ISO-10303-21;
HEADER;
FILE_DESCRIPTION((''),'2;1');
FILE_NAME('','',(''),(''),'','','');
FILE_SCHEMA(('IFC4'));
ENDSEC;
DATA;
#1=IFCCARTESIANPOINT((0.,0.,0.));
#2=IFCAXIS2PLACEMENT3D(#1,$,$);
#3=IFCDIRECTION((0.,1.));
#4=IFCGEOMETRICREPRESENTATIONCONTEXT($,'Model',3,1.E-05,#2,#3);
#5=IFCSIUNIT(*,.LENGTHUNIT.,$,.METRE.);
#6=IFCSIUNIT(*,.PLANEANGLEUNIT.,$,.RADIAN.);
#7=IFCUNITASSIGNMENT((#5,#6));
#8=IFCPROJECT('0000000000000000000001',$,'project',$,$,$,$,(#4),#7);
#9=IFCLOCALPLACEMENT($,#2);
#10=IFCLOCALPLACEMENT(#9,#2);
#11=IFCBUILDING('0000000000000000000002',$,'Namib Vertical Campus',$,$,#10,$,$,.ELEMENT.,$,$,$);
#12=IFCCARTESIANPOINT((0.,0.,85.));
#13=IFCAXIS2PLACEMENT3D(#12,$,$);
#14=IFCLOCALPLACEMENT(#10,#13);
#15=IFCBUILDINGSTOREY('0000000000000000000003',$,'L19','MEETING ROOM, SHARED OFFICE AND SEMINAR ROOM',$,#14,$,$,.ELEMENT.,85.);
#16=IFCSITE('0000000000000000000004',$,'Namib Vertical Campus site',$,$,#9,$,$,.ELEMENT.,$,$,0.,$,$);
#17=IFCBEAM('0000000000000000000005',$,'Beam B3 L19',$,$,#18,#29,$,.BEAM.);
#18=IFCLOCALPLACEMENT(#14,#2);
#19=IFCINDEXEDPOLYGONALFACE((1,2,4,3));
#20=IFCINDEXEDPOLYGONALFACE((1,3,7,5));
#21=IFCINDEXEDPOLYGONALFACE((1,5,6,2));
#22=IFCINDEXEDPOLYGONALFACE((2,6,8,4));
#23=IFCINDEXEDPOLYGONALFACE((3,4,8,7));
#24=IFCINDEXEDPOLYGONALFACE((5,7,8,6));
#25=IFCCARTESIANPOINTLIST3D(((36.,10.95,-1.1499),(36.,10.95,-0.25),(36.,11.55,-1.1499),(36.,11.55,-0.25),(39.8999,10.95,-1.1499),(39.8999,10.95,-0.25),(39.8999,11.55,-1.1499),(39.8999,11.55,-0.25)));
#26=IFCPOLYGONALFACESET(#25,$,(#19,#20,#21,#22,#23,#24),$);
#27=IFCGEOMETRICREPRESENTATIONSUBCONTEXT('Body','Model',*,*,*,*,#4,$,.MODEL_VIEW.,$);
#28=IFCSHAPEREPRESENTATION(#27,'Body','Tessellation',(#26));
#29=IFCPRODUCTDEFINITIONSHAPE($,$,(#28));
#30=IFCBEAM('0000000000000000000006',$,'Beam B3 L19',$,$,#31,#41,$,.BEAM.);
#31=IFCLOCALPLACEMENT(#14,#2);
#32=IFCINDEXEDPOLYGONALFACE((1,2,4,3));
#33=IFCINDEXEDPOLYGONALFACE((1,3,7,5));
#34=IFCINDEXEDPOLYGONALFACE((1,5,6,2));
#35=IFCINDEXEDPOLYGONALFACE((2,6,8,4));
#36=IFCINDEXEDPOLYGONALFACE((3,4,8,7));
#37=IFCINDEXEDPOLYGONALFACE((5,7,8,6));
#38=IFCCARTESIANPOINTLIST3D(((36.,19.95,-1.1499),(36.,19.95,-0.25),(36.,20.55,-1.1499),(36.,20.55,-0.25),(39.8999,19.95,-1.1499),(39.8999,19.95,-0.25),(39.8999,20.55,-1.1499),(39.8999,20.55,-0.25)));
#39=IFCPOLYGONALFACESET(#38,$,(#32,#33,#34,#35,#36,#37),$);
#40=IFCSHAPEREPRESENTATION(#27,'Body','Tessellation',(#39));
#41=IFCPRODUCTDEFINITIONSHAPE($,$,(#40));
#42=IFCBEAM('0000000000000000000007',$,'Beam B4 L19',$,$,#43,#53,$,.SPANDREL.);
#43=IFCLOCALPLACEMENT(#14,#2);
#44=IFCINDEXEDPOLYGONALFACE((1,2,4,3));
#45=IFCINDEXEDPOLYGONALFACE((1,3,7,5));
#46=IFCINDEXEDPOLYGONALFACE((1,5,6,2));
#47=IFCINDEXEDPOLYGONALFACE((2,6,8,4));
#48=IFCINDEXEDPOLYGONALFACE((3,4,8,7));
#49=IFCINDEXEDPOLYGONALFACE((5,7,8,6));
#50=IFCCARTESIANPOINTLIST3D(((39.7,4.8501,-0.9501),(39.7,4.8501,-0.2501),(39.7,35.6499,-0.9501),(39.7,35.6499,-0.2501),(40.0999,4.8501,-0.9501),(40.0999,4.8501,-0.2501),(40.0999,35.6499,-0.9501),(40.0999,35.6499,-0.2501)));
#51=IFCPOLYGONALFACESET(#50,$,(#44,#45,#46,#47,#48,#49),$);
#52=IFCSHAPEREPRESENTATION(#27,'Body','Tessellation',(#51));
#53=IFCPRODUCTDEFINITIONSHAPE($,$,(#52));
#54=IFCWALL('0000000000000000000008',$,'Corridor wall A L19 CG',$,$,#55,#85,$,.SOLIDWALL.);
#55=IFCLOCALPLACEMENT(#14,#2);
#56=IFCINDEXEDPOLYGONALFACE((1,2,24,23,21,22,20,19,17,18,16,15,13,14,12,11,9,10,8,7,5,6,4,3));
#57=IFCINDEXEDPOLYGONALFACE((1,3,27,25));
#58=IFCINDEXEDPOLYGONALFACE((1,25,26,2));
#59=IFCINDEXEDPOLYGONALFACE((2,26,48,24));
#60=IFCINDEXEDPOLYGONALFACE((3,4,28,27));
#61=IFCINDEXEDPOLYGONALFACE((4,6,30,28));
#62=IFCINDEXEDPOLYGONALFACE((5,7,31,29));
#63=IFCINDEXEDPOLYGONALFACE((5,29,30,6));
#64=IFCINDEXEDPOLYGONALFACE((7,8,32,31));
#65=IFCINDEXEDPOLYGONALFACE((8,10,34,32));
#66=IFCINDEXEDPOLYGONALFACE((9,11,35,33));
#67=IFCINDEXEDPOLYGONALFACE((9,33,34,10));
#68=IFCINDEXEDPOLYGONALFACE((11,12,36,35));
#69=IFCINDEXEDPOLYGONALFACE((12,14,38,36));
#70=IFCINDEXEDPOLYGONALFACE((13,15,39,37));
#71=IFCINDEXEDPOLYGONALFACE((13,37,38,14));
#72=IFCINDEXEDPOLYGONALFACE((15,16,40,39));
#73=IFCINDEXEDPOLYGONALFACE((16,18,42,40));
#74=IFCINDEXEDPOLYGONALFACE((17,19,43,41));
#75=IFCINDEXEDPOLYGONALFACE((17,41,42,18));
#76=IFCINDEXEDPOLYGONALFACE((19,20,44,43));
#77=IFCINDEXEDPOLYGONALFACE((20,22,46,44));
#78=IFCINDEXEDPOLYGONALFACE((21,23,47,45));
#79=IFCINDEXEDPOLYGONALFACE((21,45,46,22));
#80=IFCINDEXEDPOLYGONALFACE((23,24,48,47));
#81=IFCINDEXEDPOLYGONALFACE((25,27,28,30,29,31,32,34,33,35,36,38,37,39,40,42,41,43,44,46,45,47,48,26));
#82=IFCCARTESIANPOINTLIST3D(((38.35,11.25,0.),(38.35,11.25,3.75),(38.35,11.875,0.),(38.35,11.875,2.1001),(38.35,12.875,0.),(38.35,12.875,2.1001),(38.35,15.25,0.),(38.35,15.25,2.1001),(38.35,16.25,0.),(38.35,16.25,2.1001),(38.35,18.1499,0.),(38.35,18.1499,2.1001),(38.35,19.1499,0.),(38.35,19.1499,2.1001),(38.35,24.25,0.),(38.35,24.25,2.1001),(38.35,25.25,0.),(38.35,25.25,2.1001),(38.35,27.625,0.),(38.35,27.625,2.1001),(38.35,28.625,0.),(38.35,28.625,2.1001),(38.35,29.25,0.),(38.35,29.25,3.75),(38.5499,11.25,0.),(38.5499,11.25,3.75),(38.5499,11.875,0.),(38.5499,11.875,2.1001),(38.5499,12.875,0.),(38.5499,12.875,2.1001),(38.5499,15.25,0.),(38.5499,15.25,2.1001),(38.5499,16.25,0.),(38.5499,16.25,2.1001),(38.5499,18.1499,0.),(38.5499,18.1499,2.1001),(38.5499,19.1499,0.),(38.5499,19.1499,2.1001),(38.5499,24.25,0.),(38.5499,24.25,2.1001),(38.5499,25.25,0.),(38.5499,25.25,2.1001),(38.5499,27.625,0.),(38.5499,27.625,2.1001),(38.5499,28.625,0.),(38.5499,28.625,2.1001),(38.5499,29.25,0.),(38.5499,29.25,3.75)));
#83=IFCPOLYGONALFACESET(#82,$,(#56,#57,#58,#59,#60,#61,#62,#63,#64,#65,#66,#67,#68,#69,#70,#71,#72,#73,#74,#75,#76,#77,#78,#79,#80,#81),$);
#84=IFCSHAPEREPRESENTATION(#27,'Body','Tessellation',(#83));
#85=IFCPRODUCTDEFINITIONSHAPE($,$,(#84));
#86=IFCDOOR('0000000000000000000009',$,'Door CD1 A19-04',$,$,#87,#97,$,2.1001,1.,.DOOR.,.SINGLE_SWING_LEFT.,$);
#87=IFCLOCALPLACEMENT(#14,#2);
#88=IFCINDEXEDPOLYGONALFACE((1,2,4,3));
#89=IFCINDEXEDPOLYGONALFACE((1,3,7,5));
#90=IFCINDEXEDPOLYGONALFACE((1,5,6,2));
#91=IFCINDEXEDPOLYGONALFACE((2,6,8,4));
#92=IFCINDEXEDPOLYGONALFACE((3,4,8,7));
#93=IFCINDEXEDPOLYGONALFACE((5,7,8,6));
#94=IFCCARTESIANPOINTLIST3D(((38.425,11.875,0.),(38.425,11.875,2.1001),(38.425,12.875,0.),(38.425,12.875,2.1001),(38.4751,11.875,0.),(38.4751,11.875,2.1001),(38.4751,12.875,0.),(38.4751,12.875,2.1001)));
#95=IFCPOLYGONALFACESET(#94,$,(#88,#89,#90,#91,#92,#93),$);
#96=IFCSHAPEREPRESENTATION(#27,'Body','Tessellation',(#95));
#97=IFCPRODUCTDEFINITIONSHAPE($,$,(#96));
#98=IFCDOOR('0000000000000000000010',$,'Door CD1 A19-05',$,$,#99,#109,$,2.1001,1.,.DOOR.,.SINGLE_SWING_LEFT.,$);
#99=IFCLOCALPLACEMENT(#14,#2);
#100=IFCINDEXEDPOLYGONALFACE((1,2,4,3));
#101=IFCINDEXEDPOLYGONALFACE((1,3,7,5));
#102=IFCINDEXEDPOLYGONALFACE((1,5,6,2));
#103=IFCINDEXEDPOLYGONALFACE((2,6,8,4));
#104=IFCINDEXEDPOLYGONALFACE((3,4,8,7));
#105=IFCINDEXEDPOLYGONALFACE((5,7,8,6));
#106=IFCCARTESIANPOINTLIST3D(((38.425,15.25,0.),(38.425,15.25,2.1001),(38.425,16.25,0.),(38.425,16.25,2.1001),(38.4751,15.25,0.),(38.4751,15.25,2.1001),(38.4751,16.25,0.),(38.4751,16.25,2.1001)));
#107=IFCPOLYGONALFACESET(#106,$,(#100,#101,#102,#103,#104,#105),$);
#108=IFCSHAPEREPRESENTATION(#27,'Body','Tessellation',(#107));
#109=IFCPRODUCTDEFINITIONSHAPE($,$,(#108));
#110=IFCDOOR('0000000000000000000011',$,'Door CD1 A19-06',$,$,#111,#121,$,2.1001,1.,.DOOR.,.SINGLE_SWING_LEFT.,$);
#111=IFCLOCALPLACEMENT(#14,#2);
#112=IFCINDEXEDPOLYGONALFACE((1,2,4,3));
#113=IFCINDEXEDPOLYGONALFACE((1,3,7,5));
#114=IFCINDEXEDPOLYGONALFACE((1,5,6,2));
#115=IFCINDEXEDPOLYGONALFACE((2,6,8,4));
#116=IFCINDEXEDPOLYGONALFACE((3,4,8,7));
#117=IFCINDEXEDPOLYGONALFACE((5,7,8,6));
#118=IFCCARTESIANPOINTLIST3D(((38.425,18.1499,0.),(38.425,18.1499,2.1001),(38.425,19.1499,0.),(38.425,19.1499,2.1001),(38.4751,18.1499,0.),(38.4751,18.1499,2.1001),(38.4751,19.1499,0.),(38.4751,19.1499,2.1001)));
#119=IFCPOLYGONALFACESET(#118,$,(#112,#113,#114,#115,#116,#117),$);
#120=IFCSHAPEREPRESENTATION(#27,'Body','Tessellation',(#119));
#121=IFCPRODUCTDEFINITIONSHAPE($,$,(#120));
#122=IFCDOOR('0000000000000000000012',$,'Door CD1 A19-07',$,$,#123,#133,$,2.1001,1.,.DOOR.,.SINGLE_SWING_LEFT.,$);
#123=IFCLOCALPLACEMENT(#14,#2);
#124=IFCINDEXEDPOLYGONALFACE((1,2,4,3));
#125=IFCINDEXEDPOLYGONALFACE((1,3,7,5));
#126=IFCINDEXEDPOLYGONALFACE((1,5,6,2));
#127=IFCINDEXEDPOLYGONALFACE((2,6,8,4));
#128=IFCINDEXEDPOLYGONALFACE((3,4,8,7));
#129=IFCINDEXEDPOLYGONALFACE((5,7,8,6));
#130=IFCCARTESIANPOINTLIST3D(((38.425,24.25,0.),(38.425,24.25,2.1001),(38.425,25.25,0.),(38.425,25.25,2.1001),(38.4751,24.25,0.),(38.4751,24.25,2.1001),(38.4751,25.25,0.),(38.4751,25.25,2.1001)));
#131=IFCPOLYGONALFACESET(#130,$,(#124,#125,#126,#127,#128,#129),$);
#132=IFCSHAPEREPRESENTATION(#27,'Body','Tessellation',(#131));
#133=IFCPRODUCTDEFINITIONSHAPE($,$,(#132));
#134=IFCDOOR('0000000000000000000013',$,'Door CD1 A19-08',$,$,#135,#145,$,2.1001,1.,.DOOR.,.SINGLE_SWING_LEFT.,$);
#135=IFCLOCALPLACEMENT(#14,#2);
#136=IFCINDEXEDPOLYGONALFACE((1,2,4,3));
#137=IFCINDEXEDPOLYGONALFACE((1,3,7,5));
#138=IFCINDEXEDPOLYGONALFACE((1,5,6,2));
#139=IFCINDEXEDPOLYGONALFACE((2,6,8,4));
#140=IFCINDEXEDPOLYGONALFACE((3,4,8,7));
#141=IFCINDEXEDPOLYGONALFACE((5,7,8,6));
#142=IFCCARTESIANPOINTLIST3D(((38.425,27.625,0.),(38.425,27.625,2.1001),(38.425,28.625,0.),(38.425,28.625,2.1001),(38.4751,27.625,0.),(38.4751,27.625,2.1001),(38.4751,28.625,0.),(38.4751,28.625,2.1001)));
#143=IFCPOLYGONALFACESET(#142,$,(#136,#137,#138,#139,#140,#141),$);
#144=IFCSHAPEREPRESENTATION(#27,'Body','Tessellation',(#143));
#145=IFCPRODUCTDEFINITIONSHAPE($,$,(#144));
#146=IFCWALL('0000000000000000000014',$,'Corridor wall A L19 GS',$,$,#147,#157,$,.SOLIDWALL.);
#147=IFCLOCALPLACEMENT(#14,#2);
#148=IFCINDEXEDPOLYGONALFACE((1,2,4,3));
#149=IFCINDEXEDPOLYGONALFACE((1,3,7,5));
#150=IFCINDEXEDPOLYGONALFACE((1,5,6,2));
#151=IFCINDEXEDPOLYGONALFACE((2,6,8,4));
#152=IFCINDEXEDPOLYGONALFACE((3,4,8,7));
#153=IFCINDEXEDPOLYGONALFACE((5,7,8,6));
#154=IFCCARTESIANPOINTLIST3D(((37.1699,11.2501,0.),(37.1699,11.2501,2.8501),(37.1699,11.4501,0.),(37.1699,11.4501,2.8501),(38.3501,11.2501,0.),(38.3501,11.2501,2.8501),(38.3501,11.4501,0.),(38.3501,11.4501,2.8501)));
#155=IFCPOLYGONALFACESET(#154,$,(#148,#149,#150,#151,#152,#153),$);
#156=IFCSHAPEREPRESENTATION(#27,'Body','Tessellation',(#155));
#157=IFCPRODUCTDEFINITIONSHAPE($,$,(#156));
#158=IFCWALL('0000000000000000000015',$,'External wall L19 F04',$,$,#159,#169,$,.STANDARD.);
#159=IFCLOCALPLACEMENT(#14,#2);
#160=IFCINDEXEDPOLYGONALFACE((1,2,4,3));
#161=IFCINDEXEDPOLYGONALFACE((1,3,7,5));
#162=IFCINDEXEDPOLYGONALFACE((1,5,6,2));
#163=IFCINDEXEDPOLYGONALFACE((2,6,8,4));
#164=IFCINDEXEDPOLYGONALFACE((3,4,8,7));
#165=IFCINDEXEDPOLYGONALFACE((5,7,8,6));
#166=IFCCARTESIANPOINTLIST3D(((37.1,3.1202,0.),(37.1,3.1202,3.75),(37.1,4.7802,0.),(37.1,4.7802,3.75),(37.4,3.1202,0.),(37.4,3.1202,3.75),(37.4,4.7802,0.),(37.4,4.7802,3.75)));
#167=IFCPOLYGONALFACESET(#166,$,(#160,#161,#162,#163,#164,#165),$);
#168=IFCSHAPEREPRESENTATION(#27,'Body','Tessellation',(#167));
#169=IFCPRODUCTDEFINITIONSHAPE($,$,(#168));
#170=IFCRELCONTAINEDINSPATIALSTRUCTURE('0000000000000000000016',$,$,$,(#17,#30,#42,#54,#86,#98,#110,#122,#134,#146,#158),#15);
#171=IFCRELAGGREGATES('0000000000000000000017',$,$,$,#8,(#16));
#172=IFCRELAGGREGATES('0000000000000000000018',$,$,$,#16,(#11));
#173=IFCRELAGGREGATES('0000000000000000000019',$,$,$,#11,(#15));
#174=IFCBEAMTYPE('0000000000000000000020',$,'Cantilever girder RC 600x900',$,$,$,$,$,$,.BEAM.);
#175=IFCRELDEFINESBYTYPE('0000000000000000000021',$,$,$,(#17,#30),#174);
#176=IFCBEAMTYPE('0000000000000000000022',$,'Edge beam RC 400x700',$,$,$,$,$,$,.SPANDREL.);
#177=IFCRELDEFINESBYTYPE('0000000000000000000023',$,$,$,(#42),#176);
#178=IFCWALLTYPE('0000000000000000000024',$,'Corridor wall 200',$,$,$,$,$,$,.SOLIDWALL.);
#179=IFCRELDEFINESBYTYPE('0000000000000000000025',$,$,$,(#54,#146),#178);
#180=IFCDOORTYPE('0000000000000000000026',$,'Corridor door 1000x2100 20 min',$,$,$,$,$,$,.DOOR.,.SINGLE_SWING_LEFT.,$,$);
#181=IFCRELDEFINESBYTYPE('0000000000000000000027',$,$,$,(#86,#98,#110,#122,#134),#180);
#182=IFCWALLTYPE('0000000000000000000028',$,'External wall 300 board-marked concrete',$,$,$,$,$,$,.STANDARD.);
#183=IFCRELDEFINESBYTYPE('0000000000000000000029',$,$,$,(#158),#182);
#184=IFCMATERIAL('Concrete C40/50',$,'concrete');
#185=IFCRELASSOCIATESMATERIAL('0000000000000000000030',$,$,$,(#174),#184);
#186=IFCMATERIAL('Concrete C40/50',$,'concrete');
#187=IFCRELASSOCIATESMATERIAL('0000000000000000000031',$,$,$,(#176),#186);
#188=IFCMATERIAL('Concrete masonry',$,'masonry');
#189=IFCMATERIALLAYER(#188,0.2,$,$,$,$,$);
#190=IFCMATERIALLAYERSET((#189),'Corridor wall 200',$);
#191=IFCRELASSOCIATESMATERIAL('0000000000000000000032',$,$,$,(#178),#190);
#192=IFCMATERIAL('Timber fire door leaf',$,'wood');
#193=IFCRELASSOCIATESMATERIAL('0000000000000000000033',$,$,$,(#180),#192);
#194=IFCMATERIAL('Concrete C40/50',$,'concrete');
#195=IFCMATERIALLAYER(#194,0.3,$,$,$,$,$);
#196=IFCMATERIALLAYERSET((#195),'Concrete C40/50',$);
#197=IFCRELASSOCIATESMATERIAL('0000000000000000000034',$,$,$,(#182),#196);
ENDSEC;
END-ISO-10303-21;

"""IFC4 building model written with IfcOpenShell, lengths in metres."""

from ifc_helpers import new_model, si_unit, direction, frame, frame_2d, origin, origin_2d, place, context, subcontext, project, spatial, rectangle, extrude, material, layer, layer_set, material_profile, profile_set, type_object, element, fill, save


model = new_model("IFC4")

# Units and contexts
model_context = context("Model", 3, precision=1e-05, world=origin(), true_north=direction((0.0, 1.0)))
body_context = subcontext(model_context, "Body", "Model", "MODEL_VIEW")
ifc_project = project(units=[si_unit("LENGTHUNIT", "METRE"), si_unit("PLANEANGLEUNIT", "RADIAN")], contexts=[model_context])

# Site, building, storey
site_placement = place(None, origin())
site = spatial("IfcSite", under=ifc_project, at=site_placement, Name="Namib Vertical Campus site", CompositionType="ELEMENT", RefElevation=0.0)
building_placement = place(site_placement, origin())
building = spatial("IfcBuilding", under=site, at=building_placement, Name="Namib Vertical Campus", CompositionType="ELEMENT")
storey_placement = place(building_placement, frame((0.0, 0.0, 85.0)))
storey = spatial("IfcBuildingStorey", under=building, at=storey_placement, Name="L19", Description="MEETING ROOM, SHARED OFFICE AND SEMINAR ROOM", CompositionType="ELEMENT", Elevation=85.0)

# Beams
ifc_material_1 = material(Name="Concrete C40/50", Category="concrete")
ifc_material_profile_1 = material_profile(ifc_material_1, rectangle(XDim=0.6001, YDim=0.8999, at=origin_2d()))
ifc_profile_set_1 = profile_set([ifc_material_profile_1], Name="Concrete C40/50")
beam_type_1 = type_object("IfcBeamType", Name="Cantilever girder RC 600x900", PredefinedType="BEAM", material=ifc_profile_set_1)
for number, where, z_axis, x_axis, name in (
    (1, (36.0, 11.25, -0.7), (1.0, 0.0, 0.0), (0.0, 1.0, 0.0), "Beam B3 L19"),
    (2, (36.0, 20.25, -0.7), (1.0, 0.0, 0.0), (0.0, 1.0, 0.0), "Beam B3 L19"),
):
    element("IfcBeam", number, at=place(storey_placement, frame(where, z_axis=z_axis, x_axis=x_axis)), inside=storey, type_object=beam_type_1, Name=name, PredefinedType="BEAM", context=body_context, shape_type="SweptSolid", body=[
        extrude(rectangle(XDim=0.6001, YDim=0.8999, at=origin_2d()), origin(), (0.0, 0.0, 1.0), 3.8999),
    ])
ifc_material_2 = material(Name="Concrete C40/50", Category="concrete")
ifc_material_profile_2 = material_profile(ifc_material_2, rectangle(XDim=0.3999, YDim=0.7, at=origin_2d()))
ifc_profile_set_2 = profile_set([ifc_material_profile_2], Name="Concrete C40/50")
beam_type_2 = type_object("IfcBeamType", Name="Edge beam RC 400x700", PredefinedType="SPANDREL", material=ifc_profile_set_2)
beam_placement = place(storey_placement, frame((39.8999, 4.8501, -0.6001), z_axis=(0.0, 1.0, 0.0), x_axis=(-1.0, 0.0, 0.0)))
element("IfcBeam", 3, at=beam_placement, inside=storey, type_object=beam_type_2, Name="Beam B4 L19", PredefinedType="SPANDREL", context=body_context, shape_type="SweptSolid", body=[
    extrude(rectangle(XDim=0.3999, YDim=0.7, at=origin_2d()), origin(), (0.0, 0.0, 1.0), 30.7998),
])

# Wall, openings, doors
ifc_material_3 = material(Name="Concrete masonry", Category="masonry")
ifc_layer_1 = layer(ifc_material_3, 0.2)
ifc_layer_set_1 = layer_set([ifc_layer_1], Name="Corridor wall 200")
wall_type_1 = type_object("IfcWallType", Name="Corridor wall 200", PredefinedType="SOLIDWALL", material=ifc_layer_set_1)
wall_1_placement = place(storey_placement, frame((38.45, 11.25, 0.0), z_axis=(0.0, 0.0, 1.0), x_axis=(0.0, 1.0, 0.0)))
wall_1 = element("IfcWall", 4, at=wall_1_placement, inside=storey, type_object=wall_type_1, Name="Corridor wall A L19 CG", PredefinedType="SOLIDWALL", context=body_context, shape_type="SweptSolid", body=[
    extrude(rectangle(XDim=18.0, YDim=0.2, at=frame_2d((9.0, 0.0))), origin(), (0.0, 0.0, 1.0), 3.75),
])
opening_1_placement = place(wall_1_placement, frame((0.625, 0.0, 0.0)))
opening_1 = element("IfcOpeningElement", 5, at=opening_1_placement, cuts=wall_1, PredefinedType="OPENING", context=body_context, shape_type="SweptSolid", body=[
    extrude(rectangle(XDim=1.0, YDim=2.1001, at=frame_2d((0.5, 1.05))), frame((0.0, 0.1099, 0.0), z_axis=(0.0, -1.0, 0.0), x_axis=(1.0, 0.0, 0.0)), (0.0, 0.0, 1.0), 0.22),
])
opening_2_placement = place(wall_1_placement, frame((4.0, 0.0, 0.0)))
opening_2 = element("IfcOpeningElement", 6, at=opening_2_placement, cuts=wall_1, PredefinedType="OPENING", context=body_context, shape_type="SweptSolid", body=[
    extrude(rectangle(XDim=1.0, YDim=2.1001, at=frame_2d((0.5, 1.05))), frame((0.0, 0.1099, 0.0), z_axis=(0.0, -1.0, 0.0), x_axis=(1.0, 0.0, 0.0)), (0.0, 0.0, 1.0), 0.22),
])
opening_3_placement = place(wall_1_placement, frame((6.8999, 0.0, 0.0)))
opening_3 = element("IfcOpeningElement", 7, at=opening_3_placement, cuts=wall_1, PredefinedType="OPENING", context=body_context, shape_type="SweptSolid", body=[
    extrude(rectangle(XDim=1.0, YDim=2.1001, at=frame_2d((0.5, 1.05))), frame((0.0, 0.1099, 0.0), z_axis=(0.0, -1.0, 0.0), x_axis=(1.0, 0.0, 0.0)), (0.0, 0.0, 1.0), 0.22),
])
opening_4_placement = place(wall_1_placement, frame((13.0, 0.0, 0.0)))
opening_4 = element("IfcOpeningElement", 8, at=opening_4_placement, cuts=wall_1, PredefinedType="OPENING", context=body_context, shape_type="SweptSolid", body=[
    extrude(rectangle(XDim=1.0, YDim=2.1001, at=frame_2d((0.5, 1.05))), frame((0.0, 0.1099, 0.0), z_axis=(0.0, -1.0, 0.0), x_axis=(1.0, 0.0, 0.0)), (0.0, 0.0, 1.0), 0.22),
])
opening_5_placement = place(wall_1_placement, frame((16.375, 0.0, 0.0)))
opening_5 = element("IfcOpeningElement", 9, at=opening_5_placement, cuts=wall_1, PredefinedType="OPENING", context=body_context, shape_type="SweptSolid", body=[
    extrude(rectangle(XDim=1.0, YDim=2.1001, at=frame_2d((0.5, 1.05))), frame((0.0, 0.1099, 0.0), z_axis=(0.0, -1.0, 0.0), x_axis=(1.0, 0.0, 0.0)), (0.0, 0.0, 1.0), 0.22),
])
ifc_material_4 = material(Name="Timber fire door leaf", Category="wood")
door_type = type_object("IfcDoorType", Name="Corridor door 1000x2100 20 min", OperationType="SINGLE_SWING_LEFT", PredefinedType="DOOR", material=ifc_material_4)
door_1_placement = place(opening_1_placement, origin())
door_1 = element("IfcDoor", 10, at=door_1_placement, inside=storey, type_object=door_type, Name="Door CD1 A19-04", OperationType="SINGLE_SWING_LEFT", OverallHeight=2.1001, OverallWidth=1.0, PredefinedType="DOOR", context=body_context, shape_type="SweptSolid", body=[
    extrude(rectangle(XDim=1.0, YDim=2.1001, at=frame_2d((0.5, 1.05))), frame((0.0, 0.0249, 0.0), z_axis=(0.0, -1.0, 0.0), x_axis=(1.0, 0.0, 0.0)), (0.0, 0.0, 1.0), 0.05),
])
fill(opening_1, door_1)
door_2_placement = place(opening_2_placement, origin())
door_2 = element("IfcDoor", 11, at=door_2_placement, inside=storey, type_object=door_type, Name="Door CD1 A19-05", OperationType="SINGLE_SWING_LEFT", OverallHeight=2.1001, OverallWidth=1.0, PredefinedType="DOOR", context=body_context, shape_type="SweptSolid", body=[
    extrude(rectangle(XDim=1.0, YDim=2.1001, at=frame_2d((0.5, 1.05))), frame((0.0, 0.0249, 0.0), z_axis=(0.0, -1.0, 0.0), x_axis=(1.0, 0.0, 0.0)), (0.0, 0.0, 1.0), 0.05),
])
fill(opening_2, door_2)
door_3_placement = place(opening_3_placement, origin())
door_3 = element("IfcDoor", 12, at=door_3_placement, inside=storey, type_object=door_type, Name="Door CD1 A19-06", OperationType="SINGLE_SWING_LEFT", OverallHeight=2.1001, OverallWidth=1.0, PredefinedType="DOOR", context=body_context, shape_type="SweptSolid", body=[
    extrude(rectangle(XDim=1.0, YDim=2.1001, at=frame_2d((0.5, 1.05))), frame((0.0, 0.0249, 0.0), z_axis=(0.0, -1.0, 0.0), x_axis=(1.0, 0.0, 0.0)), (0.0, 0.0, 1.0), 0.05),
])
fill(opening_3, door_3)
door_4_placement = place(opening_4_placement, origin())
door_4 = element("IfcDoor", 13, at=door_4_placement, inside=storey, type_object=door_type, Name="Door CD1 A19-07", OperationType="SINGLE_SWING_LEFT", OverallHeight=2.1001, OverallWidth=1.0, PredefinedType="DOOR", context=body_context, shape_type="SweptSolid", body=[
    extrude(rectangle(XDim=1.0, YDim=2.1001, at=frame_2d((0.5, 1.05))), frame((0.0, 0.0249, 0.0), z_axis=(0.0, -1.0, 0.0), x_axis=(1.0, 0.0, 0.0)), (0.0, 0.0, 1.0), 0.05),
])
fill(opening_4, door_4)
door_5_placement = place(opening_5_placement, origin())
door_5 = element("IfcDoor", 14, at=door_5_placement, inside=storey, type_object=door_type, Name="Door CD1 A19-08", OperationType="SINGLE_SWING_LEFT", OverallHeight=2.1001, OverallWidth=1.0, PredefinedType="DOOR", context=body_context, shape_type="SweptSolid", body=[
    extrude(rectangle(XDim=1.0, YDim=2.1001, at=frame_2d((0.5, 1.05))), frame((0.0, 0.0249, 0.0), z_axis=(0.0, -1.0, 0.0), x_axis=(1.0, 0.0, 0.0)), (0.0, 0.0, 1.0), 0.05),
])
fill(opening_5, door_5)

# Walls
wall_2_placement = place(storey_placement, frame((37.1699, 11.3501, 0.0), z_axis=(0.0, 0.0, 1.0), x_axis=(1.0, 0.0, 0.0)))
element("IfcWall", 15, at=wall_2_placement, inside=storey, type_object=wall_type_1, Name="Corridor wall A L19 GS", PredefinedType="SOLIDWALL", context=body_context, shape_type="SweptSolid", body=[
    extrude(rectangle(XDim=1.1802, YDim=0.2, at=frame_2d((0.5901, 0.0))), origin(), (0.0, 0.0, 1.0), 2.8501),
])
ifc_material_5 = material(Name="Concrete C40/50", Category="concrete")
ifc_layer_2 = layer(ifc_material_5, 0.3)
ifc_layer_set_2 = layer_set([ifc_layer_2], Name="Concrete C40/50")
wall_type_2 = type_object("IfcWallType", Name="External wall 300 board-marked concrete", PredefinedType="STANDARD", material=ifc_layer_set_2)
wall_3_placement = place(storey_placement, frame((37.25, 3.1201, 0.0), z_axis=(0.0, 0.0, 1.0), x_axis=(0.0, 1.0, 0.0)))
element("IfcWall", 16, at=wall_3_placement, inside=storey, type_object=wall_type_2, Name="External wall L19 F04", PredefinedType="STANDARD", context=body_context, shape_type="SweptSolid", body=[
    extrude(rectangle(XDim=1.6599, YDim=0.3, at=frame_2d((0.8301, 0.0))), origin(), (0.0, 0.0, 1.0), 3.75),
])

save(model, "model.ifc")
